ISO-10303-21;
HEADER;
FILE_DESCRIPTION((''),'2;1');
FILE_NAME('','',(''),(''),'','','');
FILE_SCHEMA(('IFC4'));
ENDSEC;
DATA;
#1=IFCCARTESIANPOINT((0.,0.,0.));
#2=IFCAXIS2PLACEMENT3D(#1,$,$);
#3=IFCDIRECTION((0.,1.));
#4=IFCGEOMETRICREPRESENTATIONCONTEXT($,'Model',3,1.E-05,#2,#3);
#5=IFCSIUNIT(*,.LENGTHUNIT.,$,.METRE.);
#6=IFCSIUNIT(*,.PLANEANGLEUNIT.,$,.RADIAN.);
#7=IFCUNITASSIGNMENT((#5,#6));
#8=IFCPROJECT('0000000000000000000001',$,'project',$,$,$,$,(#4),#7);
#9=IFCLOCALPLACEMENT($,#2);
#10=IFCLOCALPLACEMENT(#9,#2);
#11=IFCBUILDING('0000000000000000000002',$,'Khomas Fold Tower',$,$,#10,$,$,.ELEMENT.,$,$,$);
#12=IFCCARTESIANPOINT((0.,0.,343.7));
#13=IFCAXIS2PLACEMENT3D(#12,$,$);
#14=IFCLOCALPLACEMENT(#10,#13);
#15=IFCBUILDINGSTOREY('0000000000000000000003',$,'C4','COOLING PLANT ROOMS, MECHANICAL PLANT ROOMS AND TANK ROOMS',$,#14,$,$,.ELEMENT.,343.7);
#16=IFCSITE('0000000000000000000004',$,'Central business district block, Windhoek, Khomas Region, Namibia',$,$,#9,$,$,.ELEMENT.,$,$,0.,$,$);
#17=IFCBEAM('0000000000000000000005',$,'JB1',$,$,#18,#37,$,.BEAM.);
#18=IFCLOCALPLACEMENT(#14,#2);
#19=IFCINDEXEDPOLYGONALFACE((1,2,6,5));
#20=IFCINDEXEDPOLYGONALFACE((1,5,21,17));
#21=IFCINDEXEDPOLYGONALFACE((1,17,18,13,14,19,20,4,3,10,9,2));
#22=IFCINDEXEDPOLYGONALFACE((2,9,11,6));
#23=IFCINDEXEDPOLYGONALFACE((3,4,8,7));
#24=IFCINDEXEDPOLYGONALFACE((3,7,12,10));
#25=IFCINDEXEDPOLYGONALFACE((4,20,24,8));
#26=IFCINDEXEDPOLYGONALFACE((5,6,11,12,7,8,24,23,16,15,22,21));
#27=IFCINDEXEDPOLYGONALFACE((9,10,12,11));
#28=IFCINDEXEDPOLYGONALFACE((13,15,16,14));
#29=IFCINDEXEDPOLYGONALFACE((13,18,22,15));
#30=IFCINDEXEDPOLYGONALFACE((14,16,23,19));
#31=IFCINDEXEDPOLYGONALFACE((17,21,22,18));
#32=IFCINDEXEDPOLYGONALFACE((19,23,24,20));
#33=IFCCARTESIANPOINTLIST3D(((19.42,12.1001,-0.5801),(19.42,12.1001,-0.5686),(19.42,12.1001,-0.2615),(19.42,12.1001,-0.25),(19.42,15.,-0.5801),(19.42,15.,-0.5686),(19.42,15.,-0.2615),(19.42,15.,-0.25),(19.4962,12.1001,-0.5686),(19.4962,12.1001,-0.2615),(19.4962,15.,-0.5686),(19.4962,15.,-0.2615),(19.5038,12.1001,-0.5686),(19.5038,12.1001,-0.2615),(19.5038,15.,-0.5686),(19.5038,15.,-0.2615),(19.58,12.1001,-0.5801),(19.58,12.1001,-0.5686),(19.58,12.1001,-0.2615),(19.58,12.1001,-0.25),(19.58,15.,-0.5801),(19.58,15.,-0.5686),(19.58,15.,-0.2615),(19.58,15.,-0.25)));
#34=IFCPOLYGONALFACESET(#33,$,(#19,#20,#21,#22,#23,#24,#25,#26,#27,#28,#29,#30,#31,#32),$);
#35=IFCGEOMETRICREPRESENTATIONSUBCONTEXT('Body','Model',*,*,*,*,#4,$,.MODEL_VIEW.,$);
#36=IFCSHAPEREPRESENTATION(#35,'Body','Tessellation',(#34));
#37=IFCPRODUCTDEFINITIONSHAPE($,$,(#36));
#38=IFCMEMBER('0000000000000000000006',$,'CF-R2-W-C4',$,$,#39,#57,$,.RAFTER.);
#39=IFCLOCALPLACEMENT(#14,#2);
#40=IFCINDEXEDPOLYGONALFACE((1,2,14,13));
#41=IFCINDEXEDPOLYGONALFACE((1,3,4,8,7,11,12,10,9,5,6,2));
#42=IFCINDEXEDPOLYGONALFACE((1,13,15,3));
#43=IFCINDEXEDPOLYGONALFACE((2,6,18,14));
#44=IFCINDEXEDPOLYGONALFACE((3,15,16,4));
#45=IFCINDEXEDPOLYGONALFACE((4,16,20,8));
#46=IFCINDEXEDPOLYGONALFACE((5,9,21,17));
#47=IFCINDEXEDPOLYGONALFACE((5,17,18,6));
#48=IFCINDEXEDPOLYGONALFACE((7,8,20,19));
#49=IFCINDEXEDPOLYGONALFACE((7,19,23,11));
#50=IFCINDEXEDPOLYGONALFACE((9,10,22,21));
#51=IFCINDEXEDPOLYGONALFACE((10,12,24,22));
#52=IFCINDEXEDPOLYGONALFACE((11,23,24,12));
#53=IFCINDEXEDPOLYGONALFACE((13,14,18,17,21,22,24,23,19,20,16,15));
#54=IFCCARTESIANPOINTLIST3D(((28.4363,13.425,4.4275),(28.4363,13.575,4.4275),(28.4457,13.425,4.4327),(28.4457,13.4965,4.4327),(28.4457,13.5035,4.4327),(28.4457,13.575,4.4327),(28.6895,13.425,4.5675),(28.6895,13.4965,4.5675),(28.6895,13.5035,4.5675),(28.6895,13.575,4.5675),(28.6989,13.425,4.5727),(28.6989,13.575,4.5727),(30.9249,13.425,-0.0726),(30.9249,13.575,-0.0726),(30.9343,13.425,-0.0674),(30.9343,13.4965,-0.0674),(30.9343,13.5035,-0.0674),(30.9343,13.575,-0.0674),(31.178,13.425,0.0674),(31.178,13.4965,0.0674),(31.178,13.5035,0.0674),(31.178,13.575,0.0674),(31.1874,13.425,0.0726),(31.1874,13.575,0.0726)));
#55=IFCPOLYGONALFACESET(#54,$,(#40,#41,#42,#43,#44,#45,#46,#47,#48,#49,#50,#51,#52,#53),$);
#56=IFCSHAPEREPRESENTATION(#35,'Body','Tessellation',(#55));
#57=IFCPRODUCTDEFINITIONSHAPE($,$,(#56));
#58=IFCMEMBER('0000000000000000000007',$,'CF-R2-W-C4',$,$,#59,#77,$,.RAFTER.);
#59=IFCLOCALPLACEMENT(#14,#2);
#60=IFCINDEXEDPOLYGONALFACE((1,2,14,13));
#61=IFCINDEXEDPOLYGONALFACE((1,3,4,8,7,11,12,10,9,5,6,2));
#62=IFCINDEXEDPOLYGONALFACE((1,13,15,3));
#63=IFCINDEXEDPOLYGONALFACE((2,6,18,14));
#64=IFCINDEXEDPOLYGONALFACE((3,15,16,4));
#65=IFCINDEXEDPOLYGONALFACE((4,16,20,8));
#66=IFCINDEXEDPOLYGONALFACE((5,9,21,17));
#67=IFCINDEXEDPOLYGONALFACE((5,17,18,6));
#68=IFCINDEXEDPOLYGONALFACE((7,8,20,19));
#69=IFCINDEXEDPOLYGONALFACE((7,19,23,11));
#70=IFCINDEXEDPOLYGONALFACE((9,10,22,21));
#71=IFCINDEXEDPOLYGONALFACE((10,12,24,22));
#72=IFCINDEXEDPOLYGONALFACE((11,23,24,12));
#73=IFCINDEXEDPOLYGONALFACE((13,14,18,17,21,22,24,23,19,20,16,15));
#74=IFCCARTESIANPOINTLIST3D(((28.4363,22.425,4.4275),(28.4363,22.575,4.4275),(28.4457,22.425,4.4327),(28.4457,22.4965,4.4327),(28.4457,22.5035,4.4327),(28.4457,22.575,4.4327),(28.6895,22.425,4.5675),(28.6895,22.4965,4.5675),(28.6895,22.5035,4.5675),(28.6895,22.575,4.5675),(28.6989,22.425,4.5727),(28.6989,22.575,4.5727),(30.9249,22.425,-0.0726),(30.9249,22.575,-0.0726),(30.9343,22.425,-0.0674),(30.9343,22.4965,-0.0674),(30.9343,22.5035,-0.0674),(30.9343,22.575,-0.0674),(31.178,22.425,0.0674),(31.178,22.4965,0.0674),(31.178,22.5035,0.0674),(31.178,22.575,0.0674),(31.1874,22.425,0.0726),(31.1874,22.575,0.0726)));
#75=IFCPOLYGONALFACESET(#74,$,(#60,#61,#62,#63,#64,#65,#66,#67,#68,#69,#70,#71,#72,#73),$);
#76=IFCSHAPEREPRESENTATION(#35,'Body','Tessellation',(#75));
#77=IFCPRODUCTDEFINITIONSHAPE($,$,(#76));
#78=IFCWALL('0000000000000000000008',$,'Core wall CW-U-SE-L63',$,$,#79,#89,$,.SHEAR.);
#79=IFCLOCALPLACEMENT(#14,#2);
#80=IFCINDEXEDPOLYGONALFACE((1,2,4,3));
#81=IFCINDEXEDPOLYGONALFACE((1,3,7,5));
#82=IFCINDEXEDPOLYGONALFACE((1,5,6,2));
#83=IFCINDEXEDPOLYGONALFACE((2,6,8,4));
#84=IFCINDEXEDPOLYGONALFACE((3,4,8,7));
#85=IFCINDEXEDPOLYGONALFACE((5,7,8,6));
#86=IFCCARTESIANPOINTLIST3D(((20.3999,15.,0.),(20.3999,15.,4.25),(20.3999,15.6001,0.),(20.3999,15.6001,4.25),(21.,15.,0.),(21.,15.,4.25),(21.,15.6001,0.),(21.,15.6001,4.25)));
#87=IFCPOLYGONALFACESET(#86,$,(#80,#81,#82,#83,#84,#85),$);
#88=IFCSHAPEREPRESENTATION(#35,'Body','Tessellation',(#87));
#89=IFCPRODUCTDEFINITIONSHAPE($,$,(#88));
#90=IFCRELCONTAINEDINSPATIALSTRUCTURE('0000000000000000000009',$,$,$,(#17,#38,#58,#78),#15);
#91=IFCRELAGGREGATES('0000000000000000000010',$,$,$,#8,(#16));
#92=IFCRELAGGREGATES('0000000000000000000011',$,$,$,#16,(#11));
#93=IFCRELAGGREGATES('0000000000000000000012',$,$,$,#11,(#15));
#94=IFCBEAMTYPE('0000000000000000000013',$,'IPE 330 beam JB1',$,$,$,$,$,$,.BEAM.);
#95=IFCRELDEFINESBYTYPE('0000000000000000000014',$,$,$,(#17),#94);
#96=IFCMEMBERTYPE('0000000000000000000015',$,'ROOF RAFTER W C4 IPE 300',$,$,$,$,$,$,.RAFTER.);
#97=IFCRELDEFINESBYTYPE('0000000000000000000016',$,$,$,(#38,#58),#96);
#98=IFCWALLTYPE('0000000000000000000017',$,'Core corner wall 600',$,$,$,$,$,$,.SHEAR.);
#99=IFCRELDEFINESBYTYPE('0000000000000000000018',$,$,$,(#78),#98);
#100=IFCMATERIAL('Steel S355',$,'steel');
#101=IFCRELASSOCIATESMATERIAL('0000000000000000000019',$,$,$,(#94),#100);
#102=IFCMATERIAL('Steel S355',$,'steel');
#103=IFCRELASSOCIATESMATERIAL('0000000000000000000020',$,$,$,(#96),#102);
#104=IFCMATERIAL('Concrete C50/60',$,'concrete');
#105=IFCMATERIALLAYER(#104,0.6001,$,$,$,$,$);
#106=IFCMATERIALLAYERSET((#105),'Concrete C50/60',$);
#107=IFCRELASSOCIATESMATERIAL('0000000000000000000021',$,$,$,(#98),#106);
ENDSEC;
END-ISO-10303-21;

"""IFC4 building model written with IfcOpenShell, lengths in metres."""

from ifc_helpers import new_model, si_unit, direction, frame, frame_2d, origin, origin_2d, place, context, subcontext, project, spatial, rectangle, i_section, extrude, source, transform, mapped, material, layer, layer_set, material_profile, profile_set, type_object, element, save


model = new_model("IFC4")

# Units and contexts
model_context = context("Model", 3, precision=1e-05, world=origin(), true_north=direction((0.0, 1.0)))
body_context = subcontext(model_context, "Body", "Model", "MODEL_VIEW")
ifc_project = project(units=[si_unit("LENGTHUNIT", "METRE"), si_unit("PLANEANGLEUNIT", "RADIAN")], contexts=[model_context])

# Site, building, storey
site_placement = place(None, origin())
site = spatial("IfcSite", under=ifc_project, at=site_placement, Name="Central business district block, Windhoek, Khomas Region, Namibia", CompositionType="ELEMENT", RefElevation=0.0)
building_placement = place(site_placement, origin())
building = spatial("IfcBuilding", under=site, at=building_placement, Name="Khomas Fold Tower", CompositionType="ELEMENT")
storey_placement = place(building_placement, frame((0.0, 0.0, 343.7)))
storey = spatial("IfcBuildingStorey", under=building, at=storey_placement, Name="C4", Description="COOLING PLANT ROOMS, MECHANICAL PLANT ROOMS AND TANK ROOMS", CompositionType="ELEMENT", Elevation=343.7)

# Beam
ifc_material_1 = material(Name="Steel S355", Category="steel")
ifc_material_profile_1 = material_profile(ifc_material_1, i_section(OverallWidth=0.1599, OverallDepth=0.3301, WebThickness=0.0076, FlangeThickness=0.0115, at=origin_2d()), Name="IPE 330")
ifc_profile_set_1 = profile_set([ifc_material_profile_1], Name="Steel S355")
beam_type = type_object("IfcBeamType", Name="IPE 330 beam JB1", PredefinedType="BEAM", material=ifc_profile_set_1)
shared_shape_1 = source(origin(), body_context, "Body", "SweptSolid", [
    extrude(i_section(OverallWidth=0.1599, OverallDepth=0.3301, WebThickness=0.0076, FlangeThickness=0.0115, at=origin_2d()), origin(), (0.0, 0.0, 1.0), 2.8999),
])
beam_placement = place(storey_placement, frame((19.5, 12.1001, -0.415), z_axis=(0.0, 1.0, 0.0), x_axis=(-1.0, 0.0, 0.0)))
element("IfcBeam", 1, at=beam_placement, inside=storey, type_object=beam_type, Name="JB1", PredefinedType="BEAM", context=body_context, shape_type="MappedRepresentation", body=[
    mapped(shared_shape_1, transform((0.0, 0.0, 0.0))),
])

# Members
ifc_material_2 = material(Name="Steel S355", Category="steel")
ifc_material_profile_2 = material_profile(ifc_material_2, i_section(OverallWidth=0.1499, OverallDepth=0.3, WebThickness=0.0071, FlangeThickness=0.0107, at=origin_2d()), Name="IPE 300")
ifc_profile_set_2 = profile_set([ifc_material_profile_2], Name="Steel S355")
member_type = type_object("IfcMemberType", Name="ROOF RAFTER W C4 IPE 300", PredefinedType="RAFTER", material=ifc_profile_set_2)
shared_shape_2 = source(origin(), body_context, "Body", "SweptSolid", [
    extrude(i_section(OverallWidth=0.1499, OverallDepth=0.3, WebThickness=0.0071, FlangeThickness=0.0107, at=origin_2d()), origin(), (0.0, 0.0, 1.0), 5.1423),
])
for number, where, z_axis, x_axis, name in (
    (2, (31.0562, 13.5, 0.0), (-0.483937, 0.0, 0.875103), (0.0, -1.0, 0.0), "CF-R2-W-C4"),
    (3, (31.0562, 22.5, 0.0), (-0.483937, 0.0, 0.875103), (0.0, -1.0, 0.0), "CF-R2-W-C4"),
):
    element("IfcMember", number, at=place(storey_placement, frame(where, z_axis=z_axis, x_axis=x_axis)), inside=storey, type_object=member_type, Name=name, PredefinedType="RAFTER", context=body_context, shape_type="MappedRepresentation", body=[
        mapped(shared_shape_2, transform((0.0, 0.0, 0.0))),
    ])

# Wall
ifc_material_3 = material(Name="Concrete C50/60", Category="concrete")
ifc_layer_1 = layer(ifc_material_3, 0.6001)
ifc_layer_set_1 = layer_set([ifc_layer_1], Name="Concrete C50/60")
wall_type_1 = type_object("IfcWallType", Name="Core corner wall 600", PredefinedType="SHEAR", material=ifc_layer_set_1)
shared_shape_3 = source(origin(), body_context, "Body", "SweptSolid", [
    extrude(rectangle(XDim=0.6001, YDim=0.6001, at=frame_2d((0.3, 0.0))), origin(), (0.0, 0.0, 1.0), 4.25),
])
wall_1_placement = place(storey_placement, frame((20.3999, 15.3, 0.0), z_axis=(0.0, 0.0, 1.0), x_axis=(1.0, 0.0, 0.0)))
element("IfcWall", 4, at=wall_1_placement, inside=storey, type_object=wall_type_1, Name="Core wall CW-U-SE-L63", PredefinedType="SHEAR", context=body_context, shape_type="MappedRepresentation", body=[
    mapped(shared_shape_3, transform((0.0, 0.0, 0.0))),
])

save(model, "model.ifc")
